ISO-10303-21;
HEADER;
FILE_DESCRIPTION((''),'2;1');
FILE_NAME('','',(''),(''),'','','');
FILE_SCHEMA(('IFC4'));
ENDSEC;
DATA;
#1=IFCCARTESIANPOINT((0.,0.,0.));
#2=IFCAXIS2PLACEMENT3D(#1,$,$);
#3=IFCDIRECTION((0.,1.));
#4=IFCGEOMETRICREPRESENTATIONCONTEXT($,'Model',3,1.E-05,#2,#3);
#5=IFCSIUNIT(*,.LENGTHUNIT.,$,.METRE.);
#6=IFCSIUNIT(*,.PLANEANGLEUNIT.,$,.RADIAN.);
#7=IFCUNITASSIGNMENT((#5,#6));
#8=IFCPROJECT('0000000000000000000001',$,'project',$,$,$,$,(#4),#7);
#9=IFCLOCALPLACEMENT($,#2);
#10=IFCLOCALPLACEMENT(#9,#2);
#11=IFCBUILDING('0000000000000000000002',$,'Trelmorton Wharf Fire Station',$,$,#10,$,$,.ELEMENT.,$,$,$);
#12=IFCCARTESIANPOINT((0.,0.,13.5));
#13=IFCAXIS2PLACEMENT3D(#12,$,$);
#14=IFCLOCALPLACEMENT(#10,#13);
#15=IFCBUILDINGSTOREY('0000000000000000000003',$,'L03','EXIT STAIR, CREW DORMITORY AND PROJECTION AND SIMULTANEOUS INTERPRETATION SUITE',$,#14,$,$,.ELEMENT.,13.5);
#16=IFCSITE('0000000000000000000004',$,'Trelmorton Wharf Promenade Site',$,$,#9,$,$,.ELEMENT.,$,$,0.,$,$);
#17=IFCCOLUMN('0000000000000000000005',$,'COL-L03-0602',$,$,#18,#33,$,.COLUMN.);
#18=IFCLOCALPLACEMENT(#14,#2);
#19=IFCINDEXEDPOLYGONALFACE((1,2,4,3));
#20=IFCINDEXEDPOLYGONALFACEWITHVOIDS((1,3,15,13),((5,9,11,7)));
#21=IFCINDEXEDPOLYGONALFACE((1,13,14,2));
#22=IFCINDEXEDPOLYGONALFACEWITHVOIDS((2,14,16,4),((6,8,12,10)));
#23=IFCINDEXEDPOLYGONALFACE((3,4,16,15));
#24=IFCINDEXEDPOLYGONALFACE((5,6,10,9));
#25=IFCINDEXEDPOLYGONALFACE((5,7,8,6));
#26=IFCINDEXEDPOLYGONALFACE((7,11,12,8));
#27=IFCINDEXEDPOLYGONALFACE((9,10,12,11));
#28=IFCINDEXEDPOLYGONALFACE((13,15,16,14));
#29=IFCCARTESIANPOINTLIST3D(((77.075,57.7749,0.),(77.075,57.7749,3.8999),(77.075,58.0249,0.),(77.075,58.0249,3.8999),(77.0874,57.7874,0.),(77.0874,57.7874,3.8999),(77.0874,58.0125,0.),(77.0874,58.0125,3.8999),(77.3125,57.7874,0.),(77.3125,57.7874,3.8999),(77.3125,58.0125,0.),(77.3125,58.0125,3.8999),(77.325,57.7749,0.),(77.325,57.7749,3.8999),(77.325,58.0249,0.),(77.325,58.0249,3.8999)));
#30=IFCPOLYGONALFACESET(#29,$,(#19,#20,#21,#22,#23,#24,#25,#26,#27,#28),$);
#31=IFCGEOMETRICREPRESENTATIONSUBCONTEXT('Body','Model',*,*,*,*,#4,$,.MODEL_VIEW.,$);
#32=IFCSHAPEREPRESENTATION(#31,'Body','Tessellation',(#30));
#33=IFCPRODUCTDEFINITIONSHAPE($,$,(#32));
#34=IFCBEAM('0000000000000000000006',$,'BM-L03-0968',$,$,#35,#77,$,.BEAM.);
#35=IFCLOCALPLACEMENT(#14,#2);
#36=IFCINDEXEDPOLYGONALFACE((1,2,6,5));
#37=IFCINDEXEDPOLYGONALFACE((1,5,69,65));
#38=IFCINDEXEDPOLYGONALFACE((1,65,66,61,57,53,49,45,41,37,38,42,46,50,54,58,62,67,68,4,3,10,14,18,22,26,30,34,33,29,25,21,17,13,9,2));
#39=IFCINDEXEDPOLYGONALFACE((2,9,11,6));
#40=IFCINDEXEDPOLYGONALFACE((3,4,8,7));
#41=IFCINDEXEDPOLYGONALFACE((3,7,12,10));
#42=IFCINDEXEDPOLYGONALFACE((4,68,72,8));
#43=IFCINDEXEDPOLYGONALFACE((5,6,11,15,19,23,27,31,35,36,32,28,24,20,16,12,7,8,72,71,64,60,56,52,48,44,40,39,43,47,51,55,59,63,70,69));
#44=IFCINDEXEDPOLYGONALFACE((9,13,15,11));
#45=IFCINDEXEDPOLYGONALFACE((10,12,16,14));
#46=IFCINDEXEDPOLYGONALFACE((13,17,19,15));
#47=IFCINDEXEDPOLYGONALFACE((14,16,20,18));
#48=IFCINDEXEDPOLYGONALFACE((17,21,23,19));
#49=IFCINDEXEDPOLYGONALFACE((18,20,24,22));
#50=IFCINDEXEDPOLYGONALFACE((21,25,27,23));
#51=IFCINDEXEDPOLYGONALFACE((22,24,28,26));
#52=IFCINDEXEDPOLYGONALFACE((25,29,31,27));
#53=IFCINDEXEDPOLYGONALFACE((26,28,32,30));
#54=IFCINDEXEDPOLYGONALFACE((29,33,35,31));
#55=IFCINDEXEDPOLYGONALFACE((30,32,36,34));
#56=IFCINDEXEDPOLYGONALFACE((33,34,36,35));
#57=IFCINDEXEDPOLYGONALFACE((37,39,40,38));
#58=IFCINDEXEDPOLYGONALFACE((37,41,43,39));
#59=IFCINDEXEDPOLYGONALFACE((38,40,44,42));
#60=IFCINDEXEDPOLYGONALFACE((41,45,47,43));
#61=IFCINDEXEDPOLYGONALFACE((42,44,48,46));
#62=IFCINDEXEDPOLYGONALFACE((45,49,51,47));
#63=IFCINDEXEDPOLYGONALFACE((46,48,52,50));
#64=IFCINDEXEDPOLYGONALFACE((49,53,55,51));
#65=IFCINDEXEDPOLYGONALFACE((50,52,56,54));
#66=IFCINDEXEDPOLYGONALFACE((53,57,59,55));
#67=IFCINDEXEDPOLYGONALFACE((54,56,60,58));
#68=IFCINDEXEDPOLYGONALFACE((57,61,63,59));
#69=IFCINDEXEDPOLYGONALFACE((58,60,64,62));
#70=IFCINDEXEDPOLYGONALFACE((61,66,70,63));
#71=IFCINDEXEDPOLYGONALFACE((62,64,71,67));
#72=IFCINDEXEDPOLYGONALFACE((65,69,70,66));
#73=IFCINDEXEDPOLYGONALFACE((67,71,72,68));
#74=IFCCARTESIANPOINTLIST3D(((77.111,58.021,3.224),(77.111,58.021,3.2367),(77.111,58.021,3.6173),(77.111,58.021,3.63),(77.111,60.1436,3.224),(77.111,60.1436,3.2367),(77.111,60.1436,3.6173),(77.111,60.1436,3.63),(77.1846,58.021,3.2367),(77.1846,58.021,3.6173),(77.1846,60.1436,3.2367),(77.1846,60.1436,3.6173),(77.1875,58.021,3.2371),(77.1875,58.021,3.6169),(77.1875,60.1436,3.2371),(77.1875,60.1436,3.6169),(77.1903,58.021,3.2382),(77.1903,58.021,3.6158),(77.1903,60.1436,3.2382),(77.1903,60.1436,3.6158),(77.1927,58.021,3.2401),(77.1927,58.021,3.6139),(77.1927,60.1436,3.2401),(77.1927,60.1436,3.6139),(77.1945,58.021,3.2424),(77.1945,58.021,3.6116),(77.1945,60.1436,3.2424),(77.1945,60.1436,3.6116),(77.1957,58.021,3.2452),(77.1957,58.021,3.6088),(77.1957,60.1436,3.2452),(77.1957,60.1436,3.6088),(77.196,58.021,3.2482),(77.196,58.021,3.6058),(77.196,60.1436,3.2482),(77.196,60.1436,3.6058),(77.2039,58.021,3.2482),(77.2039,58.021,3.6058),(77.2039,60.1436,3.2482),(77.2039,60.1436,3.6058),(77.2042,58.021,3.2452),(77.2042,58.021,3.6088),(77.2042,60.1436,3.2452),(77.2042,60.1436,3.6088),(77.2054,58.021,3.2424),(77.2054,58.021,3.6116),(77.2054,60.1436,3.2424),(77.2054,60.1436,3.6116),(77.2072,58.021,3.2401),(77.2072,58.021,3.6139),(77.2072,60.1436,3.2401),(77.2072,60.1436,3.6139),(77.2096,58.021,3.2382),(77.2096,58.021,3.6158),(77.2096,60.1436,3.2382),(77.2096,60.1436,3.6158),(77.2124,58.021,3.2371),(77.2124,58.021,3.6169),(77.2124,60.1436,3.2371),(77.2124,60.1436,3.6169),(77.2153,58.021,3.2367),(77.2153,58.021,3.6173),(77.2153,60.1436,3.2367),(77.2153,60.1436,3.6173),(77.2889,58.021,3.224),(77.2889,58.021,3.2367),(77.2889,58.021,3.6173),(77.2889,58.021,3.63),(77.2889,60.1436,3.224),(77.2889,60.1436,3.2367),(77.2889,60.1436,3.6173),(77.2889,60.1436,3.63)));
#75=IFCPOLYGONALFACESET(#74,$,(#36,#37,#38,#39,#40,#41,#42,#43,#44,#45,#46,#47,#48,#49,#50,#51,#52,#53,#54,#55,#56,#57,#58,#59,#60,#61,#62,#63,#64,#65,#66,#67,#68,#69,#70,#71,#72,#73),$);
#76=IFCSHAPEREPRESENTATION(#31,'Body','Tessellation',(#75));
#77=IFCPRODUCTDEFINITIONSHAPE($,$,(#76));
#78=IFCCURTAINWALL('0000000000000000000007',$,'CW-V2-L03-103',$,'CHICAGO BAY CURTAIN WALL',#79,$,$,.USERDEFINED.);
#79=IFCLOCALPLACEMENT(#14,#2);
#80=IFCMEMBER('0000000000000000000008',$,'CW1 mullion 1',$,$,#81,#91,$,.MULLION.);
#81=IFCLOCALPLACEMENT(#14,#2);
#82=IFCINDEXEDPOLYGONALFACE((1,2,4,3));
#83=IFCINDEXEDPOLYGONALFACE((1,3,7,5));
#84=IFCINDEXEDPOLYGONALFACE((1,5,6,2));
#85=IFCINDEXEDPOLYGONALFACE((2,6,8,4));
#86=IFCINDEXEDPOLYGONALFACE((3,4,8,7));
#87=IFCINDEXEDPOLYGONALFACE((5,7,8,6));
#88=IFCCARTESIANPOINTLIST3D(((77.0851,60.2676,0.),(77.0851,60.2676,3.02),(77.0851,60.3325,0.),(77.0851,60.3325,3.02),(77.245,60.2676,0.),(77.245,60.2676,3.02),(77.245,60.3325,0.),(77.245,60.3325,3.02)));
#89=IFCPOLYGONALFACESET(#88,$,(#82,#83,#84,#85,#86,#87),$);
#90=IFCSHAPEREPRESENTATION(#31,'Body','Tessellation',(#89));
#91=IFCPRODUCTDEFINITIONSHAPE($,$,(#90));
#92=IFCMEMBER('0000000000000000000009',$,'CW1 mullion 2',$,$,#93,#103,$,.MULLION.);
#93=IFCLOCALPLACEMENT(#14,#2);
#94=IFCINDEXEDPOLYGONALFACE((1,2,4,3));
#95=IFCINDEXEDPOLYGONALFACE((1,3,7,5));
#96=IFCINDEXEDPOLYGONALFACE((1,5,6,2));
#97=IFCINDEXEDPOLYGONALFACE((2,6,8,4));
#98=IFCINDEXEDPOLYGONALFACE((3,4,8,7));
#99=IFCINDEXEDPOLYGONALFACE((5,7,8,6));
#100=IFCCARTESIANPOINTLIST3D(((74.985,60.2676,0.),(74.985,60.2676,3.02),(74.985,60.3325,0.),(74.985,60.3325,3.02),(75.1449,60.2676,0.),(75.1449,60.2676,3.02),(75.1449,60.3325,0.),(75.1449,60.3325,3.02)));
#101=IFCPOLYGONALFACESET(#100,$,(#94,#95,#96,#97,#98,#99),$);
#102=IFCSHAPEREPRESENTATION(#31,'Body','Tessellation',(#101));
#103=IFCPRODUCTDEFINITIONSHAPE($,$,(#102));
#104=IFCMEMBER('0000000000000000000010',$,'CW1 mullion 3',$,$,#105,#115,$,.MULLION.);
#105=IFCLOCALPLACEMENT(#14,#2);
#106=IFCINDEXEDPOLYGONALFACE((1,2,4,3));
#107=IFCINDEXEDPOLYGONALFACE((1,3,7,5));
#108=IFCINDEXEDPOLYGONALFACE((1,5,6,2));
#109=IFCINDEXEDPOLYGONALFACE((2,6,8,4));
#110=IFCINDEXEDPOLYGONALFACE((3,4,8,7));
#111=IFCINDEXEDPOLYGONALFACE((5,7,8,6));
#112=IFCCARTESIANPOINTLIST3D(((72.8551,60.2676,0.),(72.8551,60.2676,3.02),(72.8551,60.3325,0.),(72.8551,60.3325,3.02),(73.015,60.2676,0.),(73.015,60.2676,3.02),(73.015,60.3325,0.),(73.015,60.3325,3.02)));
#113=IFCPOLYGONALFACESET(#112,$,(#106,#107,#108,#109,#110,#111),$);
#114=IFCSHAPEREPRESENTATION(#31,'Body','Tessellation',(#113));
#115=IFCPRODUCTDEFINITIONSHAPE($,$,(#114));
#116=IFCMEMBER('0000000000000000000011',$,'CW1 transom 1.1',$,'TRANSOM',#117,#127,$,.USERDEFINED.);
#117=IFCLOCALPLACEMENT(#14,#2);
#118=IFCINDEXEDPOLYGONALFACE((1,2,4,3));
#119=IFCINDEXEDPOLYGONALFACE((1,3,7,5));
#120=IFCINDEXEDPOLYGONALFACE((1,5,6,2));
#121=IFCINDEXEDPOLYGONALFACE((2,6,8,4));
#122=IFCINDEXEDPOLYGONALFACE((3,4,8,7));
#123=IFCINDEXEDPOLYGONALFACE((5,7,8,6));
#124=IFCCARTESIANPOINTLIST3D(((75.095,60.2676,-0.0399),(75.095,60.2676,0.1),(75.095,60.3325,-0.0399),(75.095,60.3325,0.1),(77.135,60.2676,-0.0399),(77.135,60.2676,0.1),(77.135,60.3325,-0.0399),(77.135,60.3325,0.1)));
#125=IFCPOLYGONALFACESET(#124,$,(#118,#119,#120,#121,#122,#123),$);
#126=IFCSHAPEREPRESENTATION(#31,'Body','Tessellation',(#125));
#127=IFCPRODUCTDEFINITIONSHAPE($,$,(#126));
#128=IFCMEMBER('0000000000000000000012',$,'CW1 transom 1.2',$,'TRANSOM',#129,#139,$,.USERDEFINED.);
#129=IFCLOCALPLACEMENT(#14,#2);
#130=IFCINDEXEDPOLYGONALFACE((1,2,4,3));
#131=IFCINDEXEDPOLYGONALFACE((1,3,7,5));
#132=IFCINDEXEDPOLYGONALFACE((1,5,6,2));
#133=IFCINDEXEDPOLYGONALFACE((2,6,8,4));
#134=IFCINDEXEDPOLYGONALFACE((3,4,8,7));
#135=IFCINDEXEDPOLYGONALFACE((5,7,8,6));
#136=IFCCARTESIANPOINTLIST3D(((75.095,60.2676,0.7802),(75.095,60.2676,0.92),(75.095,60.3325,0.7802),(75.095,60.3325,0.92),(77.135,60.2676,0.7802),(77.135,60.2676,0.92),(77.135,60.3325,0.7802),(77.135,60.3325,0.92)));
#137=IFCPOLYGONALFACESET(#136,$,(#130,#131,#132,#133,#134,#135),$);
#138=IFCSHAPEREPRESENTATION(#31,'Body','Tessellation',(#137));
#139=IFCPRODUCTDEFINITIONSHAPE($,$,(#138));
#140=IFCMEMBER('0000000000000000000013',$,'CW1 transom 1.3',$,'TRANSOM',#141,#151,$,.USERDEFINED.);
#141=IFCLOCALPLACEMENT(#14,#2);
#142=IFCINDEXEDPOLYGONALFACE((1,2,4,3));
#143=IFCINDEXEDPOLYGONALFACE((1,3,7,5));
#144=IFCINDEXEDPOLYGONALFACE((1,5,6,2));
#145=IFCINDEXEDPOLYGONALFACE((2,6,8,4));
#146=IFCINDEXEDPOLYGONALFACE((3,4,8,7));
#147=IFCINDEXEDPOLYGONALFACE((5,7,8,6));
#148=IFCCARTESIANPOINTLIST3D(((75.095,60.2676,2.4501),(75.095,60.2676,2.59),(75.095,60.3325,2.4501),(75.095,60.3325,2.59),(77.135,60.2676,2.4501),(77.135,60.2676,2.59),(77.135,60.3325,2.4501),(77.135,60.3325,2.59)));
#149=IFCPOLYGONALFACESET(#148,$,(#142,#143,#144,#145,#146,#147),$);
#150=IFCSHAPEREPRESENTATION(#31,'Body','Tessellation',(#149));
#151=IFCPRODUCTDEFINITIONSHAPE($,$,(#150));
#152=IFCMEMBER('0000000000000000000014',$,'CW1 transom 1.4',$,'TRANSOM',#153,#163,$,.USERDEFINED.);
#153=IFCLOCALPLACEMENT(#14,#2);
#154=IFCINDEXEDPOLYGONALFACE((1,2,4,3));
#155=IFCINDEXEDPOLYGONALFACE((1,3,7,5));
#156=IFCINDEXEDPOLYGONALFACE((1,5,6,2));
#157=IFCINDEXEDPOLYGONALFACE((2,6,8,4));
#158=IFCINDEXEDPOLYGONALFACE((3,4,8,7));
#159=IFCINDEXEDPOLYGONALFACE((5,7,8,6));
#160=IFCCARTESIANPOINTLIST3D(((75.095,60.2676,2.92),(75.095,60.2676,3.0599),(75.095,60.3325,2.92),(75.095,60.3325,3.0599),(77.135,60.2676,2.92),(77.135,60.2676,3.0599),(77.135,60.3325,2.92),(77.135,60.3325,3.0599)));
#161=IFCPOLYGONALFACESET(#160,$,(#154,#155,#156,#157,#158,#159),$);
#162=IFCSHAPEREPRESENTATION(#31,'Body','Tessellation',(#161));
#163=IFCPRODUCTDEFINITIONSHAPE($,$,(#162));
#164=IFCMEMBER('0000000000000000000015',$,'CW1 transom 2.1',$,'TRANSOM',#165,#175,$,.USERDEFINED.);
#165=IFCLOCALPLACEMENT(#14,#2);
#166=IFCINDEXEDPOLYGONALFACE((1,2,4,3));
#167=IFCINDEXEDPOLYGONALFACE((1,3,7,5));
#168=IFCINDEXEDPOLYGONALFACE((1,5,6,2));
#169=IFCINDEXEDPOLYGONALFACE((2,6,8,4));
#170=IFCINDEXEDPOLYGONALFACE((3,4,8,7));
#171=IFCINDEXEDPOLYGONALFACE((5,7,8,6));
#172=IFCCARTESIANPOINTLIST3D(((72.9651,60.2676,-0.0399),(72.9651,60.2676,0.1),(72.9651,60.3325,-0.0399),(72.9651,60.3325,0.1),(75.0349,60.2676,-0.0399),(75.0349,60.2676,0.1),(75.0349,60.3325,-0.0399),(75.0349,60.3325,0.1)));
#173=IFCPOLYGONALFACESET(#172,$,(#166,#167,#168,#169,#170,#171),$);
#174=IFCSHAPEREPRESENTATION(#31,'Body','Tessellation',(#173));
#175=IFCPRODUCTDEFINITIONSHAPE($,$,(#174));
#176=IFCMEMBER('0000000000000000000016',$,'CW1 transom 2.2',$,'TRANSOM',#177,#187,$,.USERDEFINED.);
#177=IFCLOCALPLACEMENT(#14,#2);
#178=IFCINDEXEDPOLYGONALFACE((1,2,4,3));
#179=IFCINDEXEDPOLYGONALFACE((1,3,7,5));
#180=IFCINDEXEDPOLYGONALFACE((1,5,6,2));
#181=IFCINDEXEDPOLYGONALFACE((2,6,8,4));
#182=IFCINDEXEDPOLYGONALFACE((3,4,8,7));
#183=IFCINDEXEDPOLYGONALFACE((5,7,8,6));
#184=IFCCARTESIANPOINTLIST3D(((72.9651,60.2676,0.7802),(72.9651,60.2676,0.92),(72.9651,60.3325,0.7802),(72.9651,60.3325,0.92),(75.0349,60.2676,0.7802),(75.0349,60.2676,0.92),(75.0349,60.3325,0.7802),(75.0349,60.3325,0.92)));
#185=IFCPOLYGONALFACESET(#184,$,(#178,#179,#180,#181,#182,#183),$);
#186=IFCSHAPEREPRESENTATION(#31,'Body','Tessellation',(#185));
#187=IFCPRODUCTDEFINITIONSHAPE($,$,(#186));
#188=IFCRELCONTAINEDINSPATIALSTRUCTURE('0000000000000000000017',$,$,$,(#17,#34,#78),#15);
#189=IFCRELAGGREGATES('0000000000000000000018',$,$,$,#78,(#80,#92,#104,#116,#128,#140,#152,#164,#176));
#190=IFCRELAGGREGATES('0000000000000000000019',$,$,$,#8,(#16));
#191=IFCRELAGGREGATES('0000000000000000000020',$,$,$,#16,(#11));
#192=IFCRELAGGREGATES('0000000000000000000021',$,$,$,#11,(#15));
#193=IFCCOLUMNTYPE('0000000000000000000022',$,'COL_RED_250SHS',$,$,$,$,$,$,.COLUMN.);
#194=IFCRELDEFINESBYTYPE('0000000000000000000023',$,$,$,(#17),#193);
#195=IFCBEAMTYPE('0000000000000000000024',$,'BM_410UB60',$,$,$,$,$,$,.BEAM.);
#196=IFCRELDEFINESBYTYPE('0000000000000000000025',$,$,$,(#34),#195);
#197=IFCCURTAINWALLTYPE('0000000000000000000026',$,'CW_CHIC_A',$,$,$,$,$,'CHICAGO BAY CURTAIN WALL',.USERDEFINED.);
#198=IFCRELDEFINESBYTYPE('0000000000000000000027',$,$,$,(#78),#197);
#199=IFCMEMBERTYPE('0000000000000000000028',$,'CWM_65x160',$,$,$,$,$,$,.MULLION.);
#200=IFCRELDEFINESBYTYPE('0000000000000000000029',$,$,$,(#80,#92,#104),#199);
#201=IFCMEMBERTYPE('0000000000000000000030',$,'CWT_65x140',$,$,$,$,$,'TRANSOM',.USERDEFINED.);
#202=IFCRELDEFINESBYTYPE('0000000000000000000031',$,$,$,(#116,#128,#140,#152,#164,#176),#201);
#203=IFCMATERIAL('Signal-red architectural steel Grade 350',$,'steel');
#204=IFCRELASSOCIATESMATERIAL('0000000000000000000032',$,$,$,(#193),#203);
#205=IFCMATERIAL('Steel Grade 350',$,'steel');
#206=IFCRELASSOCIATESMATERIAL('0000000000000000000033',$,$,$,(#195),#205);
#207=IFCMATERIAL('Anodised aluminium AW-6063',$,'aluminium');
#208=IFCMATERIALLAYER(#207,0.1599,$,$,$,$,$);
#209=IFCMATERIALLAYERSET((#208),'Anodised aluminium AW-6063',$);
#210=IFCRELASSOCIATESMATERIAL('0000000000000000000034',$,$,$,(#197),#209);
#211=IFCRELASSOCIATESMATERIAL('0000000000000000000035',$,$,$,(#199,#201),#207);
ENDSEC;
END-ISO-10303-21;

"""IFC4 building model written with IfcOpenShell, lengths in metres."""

from ifc_helpers import new_model, si_unit, direction, frame, origin, origin_2d, place, context, subcontext, project, spatial, rectangle, hollow_rectangle, i_section, extrude, material, layer, layer_set, material_profile, profile_set, type_object, element, aggregate, save


model = new_model("IFC4")

# Units and contexts
model_context = context("Model", 3, precision=1e-05, world=origin(), true_north=direction((0.0, 1.0)))
body_context = subcontext(model_context, "Body", "Model", "MODEL_VIEW")
ifc_project = project(units=[si_unit("LENGTHUNIT", "METRE"), si_unit("PLANEANGLEUNIT", "RADIAN")], contexts=[model_context])

# Site, building, storey
site_placement = place(None, origin())
site = spatial("IfcSite", under=ifc_project, at=site_placement, Name="Trelmorton Wharf Promenade Site", CompositionType="ELEMENT", RefElevation=0.0)
building_placement = place(site_placement, origin())
building = spatial("IfcBuilding", under=site, at=building_placement, Name="Trelmorton Wharf Fire Station", CompositionType="ELEMENT")
storey_placement = place(building_placement, frame((0.0, 0.0, 13.5)))
storey = spatial("IfcBuildingStorey", under=building, at=storey_placement, Name="L03", Description="EXIT STAIR, CREW DORMITORY AND PROJECTION AND SIMULTANEOUS INTERPRETATION SUITE", CompositionType="ELEMENT", Elevation=13.5)

# Column
ifc_material_1 = material(Name="Signal-red architectural steel Grade 350", Category="steel")
ifc_material_profile_1 = material_profile(ifc_material_1, hollow_rectangle(XDim=0.25, YDim=0.25, WallThickness=0.0125, at=origin_2d()), Name="250x250x12.5SHS")
ifc_profile_set_1 = profile_set([ifc_material_profile_1], Name="Signal-red architectural steel Grade 350")
column_type = type_object("IfcColumnType", Name="COL_RED_250SHS", PredefinedType="COLUMN", material=ifc_profile_set_1)
column_placement = place(storey_placement, frame((77.2, 57.8999, 0.0), z_axis=(0.0, 0.0, 1.0), x_axis=(1.0, 0.0, 0.0)))
element("IfcColumn", 1, at=column_placement, inside=storey, type_object=column_type, Name="COL-L03-0602", PredefinedType="COLUMN", context=body_context, shape_type="SweptSolid", body=[
    extrude(hollow_rectangle(XDim=0.25, YDim=0.25, WallThickness=0.0125, at=origin_2d()), origin(), (0.0, 0.0, 1.0), 3.8999),
])

# Beam
ifc_material_2 = material(Name="Steel Grade 350", Category="steel")
ifc_material_profile_2 = material_profile(ifc_material_2, i_section(OverallWidth=0.178, OverallDepth=0.406, WebThickness=0.0078, FlangeThickness=0.0127, FilletRadius=0.0115, at=origin_2d()), Name="410UB59.7")
ifc_profile_set_2 = profile_set([ifc_material_profile_2], Name="Steel Grade 350")
beam_type = type_object("IfcBeamType", Name="BM_410UB60", PredefinedType="BEAM", material=ifc_profile_set_2)
beam_placement = place(storey_placement, frame((77.2, 58.021, 3.427), z_axis=(0.0, 1.0, 0.0), x_axis=(-1.0, 0.0, 0.0)))
element("IfcBeam", 2, at=beam_placement, inside=storey, type_object=beam_type, Name="BM-L03-0968", PredefinedType="BEAM", context=body_context, shape_type="SweptSolid", body=[
    extrude(i_section(OverallWidth=0.178, OverallDepth=0.406, WebThickness=0.0078, FlangeThickness=0.0127, FilletRadius=0.0115, at=origin_2d()), origin(), (0.0, 0.0, 1.0), 2.1226),
])

# Curtain wall, members
ifc_material_3 = material(Name="Anodised aluminium AW-6063", Category="aluminium")
ifc_layer_1 = layer(ifc_material_3, 0.1599)
ifc_layer_set_1 = layer_set([ifc_layer_1], Name="Anodised aluminium AW-6063")
curtain_wall_type = type_object("IfcCurtainWallType", Name="CW_CHIC_A", ElementType="CHICAGO BAY CURTAIN WALL", PredefinedType="USERDEFINED", material=ifc_layer_set_1)
curtain_wall_placement = place(storey_placement, origin())
curtain_wall = element("IfcCurtainWall", 3, at=curtain_wall_placement, inside=storey, type_object=curtain_wall_type, Name="CW-V2-L03-103", ObjectType="CHICAGO BAY CURTAIN WALL", PredefinedType="USERDEFINED")
ifc_material_profile_3 = material_profile(ifc_material_3, rectangle(XDim=0.0649, YDim=0.1599, at=origin_2d()), Name="ALU-65x160")
ifc_profile_set_3 = profile_set([ifc_material_profile_3], Name="Anodised aluminium AW-6063")
member_type_1 = type_object("IfcMemberType", Name="CWM_65x160", PredefinedType="MULLION", material=ifc_profile_set_3)
member_1_placement = place(storey_placement, frame((77.165, 60.3, 0.0), z_axis=(0.0, 0.0, 1.0), x_axis=(0.0, -1.0, 0.0)))
member_1 = element("IfcMember", 4, at=member_1_placement, type_object=member_type_1, Name="CW1 mullion 1", PredefinedType="MULLION", context=body_context, shape_type="SweptSolid", body=[
    extrude(rectangle(XDim=0.0649, YDim=0.1599, at=origin_2d()), origin(), (0.0, 0.0, 1.0), 3.02),
])
member_2_placement = place(storey_placement, frame((75.0649, 60.3, 0.0), z_axis=(0.0, 0.0, 1.0), x_axis=(0.0, -1.0, 0.0)))
member_2 = element("IfcMember", 5, at=member_2_placement, type_object=member_type_1, Name="CW1 mullion 2", PredefinedType="MULLION", context=body_context, shape_type="SweptSolid", body=[
    extrude(rectangle(XDim=0.0649, YDim=0.1599, at=origin_2d()), origin(), (0.0, 0.0, 1.0), 3.02),
])
member_3_placement = place(storey_placement, frame((72.9351, 60.3, 0.0), z_axis=(0.0, 0.0, 1.0), x_axis=(0.0, -1.0, 0.0)))
member_3 = element("IfcMember", 6, at=member_3_placement, type_object=member_type_1, Name="CW1 mullion 3", PredefinedType="MULLION", context=body_context, shape_type="SweptSolid", body=[
    extrude(rectangle(XDim=0.0649, YDim=0.1599, at=origin_2d()), origin(), (0.0, 0.0, 1.0), 3.02),
])
ifc_material_profile_4 = material_profile(ifc_material_3, rectangle(XDim=0.0649, YDim=0.1399, at=origin_2d()), Name="ALU-65x140")
ifc_profile_set_4 = profile_set([ifc_material_profile_4], Name="Anodised aluminium AW-6063")
member_type_2 = type_object("IfcMemberType", Name="CWT_65x140", ElementType="TRANSOM", PredefinedType="USERDEFINED", material=ifc_profile_set_4)
member_4_placement = place(storey_placement, frame((77.135, 60.3, 0.03), z_axis=(-1.0, 0.0, 0.0), x_axis=(0.0, -1.0, 0.0)))
member_4 = element("IfcMember", 7, at=member_4_placement, type_object=member_type_2, Name="CW1 transom 1.1", ObjectType="TRANSOM", PredefinedType="USERDEFINED", context=body_context, shape_type="SweptSolid", body=[
    extrude(rectangle(XDim=0.0649, YDim=0.1399, at=origin_2d()), origin(), (0.0, 0.0, 1.0), 2.04),
])
member_5_placement = place(storey_placement, frame((77.135, 60.3, 0.8501), z_axis=(-1.0, 0.0, 0.0), x_axis=(0.0, -1.0, 0.0)))
member_5 = element("IfcMember", 8, at=member_5_placement, type_object=member_type_2, Name="CW1 transom 1.2", ObjectType="TRANSOM", PredefinedType="USERDEFINED", context=body_context, shape_type="SweptSolid", body=[
    extrude(rectangle(XDim=0.0649, YDim=0.1399, at=origin_2d()), origin(), (0.0, 0.0, 1.0), 2.04),
])
member_6_placement = place(storey_placement, frame((77.135, 60.3, 2.52), z_axis=(-1.0, 0.0, 0.0), x_axis=(0.0, -1.0, 0.0)))
member_6 = element("IfcMember", 9, at=member_6_placement, type_object=member_type_2, Name="CW1 transom 1.3", ObjectType="TRANSOM", PredefinedType="USERDEFINED", context=body_context, shape_type="SweptSolid", body=[
    extrude(rectangle(XDim=0.0649, YDim=0.1399, at=origin_2d()), origin(), (0.0, 0.0, 1.0), 2.04),
])
member_7_placement = place(storey_placement, frame((77.135, 60.3, 2.99), z_axis=(-1.0, 0.0, 0.0), x_axis=(0.0, -1.0, 0.0)))
member_7 = element("IfcMember", 10, at=member_7_placement, type_object=member_type_2, Name="CW1 transom 1.4", ObjectType="TRANSOM", PredefinedType="USERDEFINED", context=body_context, shape_type="SweptSolid", body=[
    extrude(rectangle(XDim=0.0649, YDim=0.1399, at=origin_2d()), origin(), (0.0, 0.0, 1.0), 2.04),
])
member_8_placement = place(storey_placement, frame((75.0349, 60.3, 0.03), z_axis=(-1.0, 0.0, 0.0), x_axis=(0.0, -1.0, 0.0)))
member_8 = element("IfcMember", 11, at=member_8_placement, type_object=member_type_2, Name="CW1 transom 2.1", ObjectType="TRANSOM", PredefinedType="USERDEFINED", context=body_context, shape_type="SweptSolid", body=[
    extrude(rectangle(XDim=0.0649, YDim=0.1399, at=origin_2d()), origin(), (0.0, 0.0, 1.0), 2.0698),
])
member_9_placement = place(storey_placement, frame((75.0349, 60.3, 0.8501), z_axis=(-1.0, 0.0, 0.0), x_axis=(0.0, -1.0, 0.0)))
member_9 = element("IfcMember", 12, at=member_9_placement, type_object=member_type_2, Name="CW1 transom 2.2", ObjectType="TRANSOM", PredefinedType="USERDEFINED", context=body_context, shape_type="SweptSolid", body=[
    extrude(rectangle(XDim=0.0649, YDim=0.1399, at=origin_2d()), origin(), (0.0, 0.0, 1.0), 2.0698),
])
aggregate(curtain_wall, [member_1, member_2, member_3, member_4, member_5, member_6, member_7, member_8, member_9])

save(model, "model.ifc")
